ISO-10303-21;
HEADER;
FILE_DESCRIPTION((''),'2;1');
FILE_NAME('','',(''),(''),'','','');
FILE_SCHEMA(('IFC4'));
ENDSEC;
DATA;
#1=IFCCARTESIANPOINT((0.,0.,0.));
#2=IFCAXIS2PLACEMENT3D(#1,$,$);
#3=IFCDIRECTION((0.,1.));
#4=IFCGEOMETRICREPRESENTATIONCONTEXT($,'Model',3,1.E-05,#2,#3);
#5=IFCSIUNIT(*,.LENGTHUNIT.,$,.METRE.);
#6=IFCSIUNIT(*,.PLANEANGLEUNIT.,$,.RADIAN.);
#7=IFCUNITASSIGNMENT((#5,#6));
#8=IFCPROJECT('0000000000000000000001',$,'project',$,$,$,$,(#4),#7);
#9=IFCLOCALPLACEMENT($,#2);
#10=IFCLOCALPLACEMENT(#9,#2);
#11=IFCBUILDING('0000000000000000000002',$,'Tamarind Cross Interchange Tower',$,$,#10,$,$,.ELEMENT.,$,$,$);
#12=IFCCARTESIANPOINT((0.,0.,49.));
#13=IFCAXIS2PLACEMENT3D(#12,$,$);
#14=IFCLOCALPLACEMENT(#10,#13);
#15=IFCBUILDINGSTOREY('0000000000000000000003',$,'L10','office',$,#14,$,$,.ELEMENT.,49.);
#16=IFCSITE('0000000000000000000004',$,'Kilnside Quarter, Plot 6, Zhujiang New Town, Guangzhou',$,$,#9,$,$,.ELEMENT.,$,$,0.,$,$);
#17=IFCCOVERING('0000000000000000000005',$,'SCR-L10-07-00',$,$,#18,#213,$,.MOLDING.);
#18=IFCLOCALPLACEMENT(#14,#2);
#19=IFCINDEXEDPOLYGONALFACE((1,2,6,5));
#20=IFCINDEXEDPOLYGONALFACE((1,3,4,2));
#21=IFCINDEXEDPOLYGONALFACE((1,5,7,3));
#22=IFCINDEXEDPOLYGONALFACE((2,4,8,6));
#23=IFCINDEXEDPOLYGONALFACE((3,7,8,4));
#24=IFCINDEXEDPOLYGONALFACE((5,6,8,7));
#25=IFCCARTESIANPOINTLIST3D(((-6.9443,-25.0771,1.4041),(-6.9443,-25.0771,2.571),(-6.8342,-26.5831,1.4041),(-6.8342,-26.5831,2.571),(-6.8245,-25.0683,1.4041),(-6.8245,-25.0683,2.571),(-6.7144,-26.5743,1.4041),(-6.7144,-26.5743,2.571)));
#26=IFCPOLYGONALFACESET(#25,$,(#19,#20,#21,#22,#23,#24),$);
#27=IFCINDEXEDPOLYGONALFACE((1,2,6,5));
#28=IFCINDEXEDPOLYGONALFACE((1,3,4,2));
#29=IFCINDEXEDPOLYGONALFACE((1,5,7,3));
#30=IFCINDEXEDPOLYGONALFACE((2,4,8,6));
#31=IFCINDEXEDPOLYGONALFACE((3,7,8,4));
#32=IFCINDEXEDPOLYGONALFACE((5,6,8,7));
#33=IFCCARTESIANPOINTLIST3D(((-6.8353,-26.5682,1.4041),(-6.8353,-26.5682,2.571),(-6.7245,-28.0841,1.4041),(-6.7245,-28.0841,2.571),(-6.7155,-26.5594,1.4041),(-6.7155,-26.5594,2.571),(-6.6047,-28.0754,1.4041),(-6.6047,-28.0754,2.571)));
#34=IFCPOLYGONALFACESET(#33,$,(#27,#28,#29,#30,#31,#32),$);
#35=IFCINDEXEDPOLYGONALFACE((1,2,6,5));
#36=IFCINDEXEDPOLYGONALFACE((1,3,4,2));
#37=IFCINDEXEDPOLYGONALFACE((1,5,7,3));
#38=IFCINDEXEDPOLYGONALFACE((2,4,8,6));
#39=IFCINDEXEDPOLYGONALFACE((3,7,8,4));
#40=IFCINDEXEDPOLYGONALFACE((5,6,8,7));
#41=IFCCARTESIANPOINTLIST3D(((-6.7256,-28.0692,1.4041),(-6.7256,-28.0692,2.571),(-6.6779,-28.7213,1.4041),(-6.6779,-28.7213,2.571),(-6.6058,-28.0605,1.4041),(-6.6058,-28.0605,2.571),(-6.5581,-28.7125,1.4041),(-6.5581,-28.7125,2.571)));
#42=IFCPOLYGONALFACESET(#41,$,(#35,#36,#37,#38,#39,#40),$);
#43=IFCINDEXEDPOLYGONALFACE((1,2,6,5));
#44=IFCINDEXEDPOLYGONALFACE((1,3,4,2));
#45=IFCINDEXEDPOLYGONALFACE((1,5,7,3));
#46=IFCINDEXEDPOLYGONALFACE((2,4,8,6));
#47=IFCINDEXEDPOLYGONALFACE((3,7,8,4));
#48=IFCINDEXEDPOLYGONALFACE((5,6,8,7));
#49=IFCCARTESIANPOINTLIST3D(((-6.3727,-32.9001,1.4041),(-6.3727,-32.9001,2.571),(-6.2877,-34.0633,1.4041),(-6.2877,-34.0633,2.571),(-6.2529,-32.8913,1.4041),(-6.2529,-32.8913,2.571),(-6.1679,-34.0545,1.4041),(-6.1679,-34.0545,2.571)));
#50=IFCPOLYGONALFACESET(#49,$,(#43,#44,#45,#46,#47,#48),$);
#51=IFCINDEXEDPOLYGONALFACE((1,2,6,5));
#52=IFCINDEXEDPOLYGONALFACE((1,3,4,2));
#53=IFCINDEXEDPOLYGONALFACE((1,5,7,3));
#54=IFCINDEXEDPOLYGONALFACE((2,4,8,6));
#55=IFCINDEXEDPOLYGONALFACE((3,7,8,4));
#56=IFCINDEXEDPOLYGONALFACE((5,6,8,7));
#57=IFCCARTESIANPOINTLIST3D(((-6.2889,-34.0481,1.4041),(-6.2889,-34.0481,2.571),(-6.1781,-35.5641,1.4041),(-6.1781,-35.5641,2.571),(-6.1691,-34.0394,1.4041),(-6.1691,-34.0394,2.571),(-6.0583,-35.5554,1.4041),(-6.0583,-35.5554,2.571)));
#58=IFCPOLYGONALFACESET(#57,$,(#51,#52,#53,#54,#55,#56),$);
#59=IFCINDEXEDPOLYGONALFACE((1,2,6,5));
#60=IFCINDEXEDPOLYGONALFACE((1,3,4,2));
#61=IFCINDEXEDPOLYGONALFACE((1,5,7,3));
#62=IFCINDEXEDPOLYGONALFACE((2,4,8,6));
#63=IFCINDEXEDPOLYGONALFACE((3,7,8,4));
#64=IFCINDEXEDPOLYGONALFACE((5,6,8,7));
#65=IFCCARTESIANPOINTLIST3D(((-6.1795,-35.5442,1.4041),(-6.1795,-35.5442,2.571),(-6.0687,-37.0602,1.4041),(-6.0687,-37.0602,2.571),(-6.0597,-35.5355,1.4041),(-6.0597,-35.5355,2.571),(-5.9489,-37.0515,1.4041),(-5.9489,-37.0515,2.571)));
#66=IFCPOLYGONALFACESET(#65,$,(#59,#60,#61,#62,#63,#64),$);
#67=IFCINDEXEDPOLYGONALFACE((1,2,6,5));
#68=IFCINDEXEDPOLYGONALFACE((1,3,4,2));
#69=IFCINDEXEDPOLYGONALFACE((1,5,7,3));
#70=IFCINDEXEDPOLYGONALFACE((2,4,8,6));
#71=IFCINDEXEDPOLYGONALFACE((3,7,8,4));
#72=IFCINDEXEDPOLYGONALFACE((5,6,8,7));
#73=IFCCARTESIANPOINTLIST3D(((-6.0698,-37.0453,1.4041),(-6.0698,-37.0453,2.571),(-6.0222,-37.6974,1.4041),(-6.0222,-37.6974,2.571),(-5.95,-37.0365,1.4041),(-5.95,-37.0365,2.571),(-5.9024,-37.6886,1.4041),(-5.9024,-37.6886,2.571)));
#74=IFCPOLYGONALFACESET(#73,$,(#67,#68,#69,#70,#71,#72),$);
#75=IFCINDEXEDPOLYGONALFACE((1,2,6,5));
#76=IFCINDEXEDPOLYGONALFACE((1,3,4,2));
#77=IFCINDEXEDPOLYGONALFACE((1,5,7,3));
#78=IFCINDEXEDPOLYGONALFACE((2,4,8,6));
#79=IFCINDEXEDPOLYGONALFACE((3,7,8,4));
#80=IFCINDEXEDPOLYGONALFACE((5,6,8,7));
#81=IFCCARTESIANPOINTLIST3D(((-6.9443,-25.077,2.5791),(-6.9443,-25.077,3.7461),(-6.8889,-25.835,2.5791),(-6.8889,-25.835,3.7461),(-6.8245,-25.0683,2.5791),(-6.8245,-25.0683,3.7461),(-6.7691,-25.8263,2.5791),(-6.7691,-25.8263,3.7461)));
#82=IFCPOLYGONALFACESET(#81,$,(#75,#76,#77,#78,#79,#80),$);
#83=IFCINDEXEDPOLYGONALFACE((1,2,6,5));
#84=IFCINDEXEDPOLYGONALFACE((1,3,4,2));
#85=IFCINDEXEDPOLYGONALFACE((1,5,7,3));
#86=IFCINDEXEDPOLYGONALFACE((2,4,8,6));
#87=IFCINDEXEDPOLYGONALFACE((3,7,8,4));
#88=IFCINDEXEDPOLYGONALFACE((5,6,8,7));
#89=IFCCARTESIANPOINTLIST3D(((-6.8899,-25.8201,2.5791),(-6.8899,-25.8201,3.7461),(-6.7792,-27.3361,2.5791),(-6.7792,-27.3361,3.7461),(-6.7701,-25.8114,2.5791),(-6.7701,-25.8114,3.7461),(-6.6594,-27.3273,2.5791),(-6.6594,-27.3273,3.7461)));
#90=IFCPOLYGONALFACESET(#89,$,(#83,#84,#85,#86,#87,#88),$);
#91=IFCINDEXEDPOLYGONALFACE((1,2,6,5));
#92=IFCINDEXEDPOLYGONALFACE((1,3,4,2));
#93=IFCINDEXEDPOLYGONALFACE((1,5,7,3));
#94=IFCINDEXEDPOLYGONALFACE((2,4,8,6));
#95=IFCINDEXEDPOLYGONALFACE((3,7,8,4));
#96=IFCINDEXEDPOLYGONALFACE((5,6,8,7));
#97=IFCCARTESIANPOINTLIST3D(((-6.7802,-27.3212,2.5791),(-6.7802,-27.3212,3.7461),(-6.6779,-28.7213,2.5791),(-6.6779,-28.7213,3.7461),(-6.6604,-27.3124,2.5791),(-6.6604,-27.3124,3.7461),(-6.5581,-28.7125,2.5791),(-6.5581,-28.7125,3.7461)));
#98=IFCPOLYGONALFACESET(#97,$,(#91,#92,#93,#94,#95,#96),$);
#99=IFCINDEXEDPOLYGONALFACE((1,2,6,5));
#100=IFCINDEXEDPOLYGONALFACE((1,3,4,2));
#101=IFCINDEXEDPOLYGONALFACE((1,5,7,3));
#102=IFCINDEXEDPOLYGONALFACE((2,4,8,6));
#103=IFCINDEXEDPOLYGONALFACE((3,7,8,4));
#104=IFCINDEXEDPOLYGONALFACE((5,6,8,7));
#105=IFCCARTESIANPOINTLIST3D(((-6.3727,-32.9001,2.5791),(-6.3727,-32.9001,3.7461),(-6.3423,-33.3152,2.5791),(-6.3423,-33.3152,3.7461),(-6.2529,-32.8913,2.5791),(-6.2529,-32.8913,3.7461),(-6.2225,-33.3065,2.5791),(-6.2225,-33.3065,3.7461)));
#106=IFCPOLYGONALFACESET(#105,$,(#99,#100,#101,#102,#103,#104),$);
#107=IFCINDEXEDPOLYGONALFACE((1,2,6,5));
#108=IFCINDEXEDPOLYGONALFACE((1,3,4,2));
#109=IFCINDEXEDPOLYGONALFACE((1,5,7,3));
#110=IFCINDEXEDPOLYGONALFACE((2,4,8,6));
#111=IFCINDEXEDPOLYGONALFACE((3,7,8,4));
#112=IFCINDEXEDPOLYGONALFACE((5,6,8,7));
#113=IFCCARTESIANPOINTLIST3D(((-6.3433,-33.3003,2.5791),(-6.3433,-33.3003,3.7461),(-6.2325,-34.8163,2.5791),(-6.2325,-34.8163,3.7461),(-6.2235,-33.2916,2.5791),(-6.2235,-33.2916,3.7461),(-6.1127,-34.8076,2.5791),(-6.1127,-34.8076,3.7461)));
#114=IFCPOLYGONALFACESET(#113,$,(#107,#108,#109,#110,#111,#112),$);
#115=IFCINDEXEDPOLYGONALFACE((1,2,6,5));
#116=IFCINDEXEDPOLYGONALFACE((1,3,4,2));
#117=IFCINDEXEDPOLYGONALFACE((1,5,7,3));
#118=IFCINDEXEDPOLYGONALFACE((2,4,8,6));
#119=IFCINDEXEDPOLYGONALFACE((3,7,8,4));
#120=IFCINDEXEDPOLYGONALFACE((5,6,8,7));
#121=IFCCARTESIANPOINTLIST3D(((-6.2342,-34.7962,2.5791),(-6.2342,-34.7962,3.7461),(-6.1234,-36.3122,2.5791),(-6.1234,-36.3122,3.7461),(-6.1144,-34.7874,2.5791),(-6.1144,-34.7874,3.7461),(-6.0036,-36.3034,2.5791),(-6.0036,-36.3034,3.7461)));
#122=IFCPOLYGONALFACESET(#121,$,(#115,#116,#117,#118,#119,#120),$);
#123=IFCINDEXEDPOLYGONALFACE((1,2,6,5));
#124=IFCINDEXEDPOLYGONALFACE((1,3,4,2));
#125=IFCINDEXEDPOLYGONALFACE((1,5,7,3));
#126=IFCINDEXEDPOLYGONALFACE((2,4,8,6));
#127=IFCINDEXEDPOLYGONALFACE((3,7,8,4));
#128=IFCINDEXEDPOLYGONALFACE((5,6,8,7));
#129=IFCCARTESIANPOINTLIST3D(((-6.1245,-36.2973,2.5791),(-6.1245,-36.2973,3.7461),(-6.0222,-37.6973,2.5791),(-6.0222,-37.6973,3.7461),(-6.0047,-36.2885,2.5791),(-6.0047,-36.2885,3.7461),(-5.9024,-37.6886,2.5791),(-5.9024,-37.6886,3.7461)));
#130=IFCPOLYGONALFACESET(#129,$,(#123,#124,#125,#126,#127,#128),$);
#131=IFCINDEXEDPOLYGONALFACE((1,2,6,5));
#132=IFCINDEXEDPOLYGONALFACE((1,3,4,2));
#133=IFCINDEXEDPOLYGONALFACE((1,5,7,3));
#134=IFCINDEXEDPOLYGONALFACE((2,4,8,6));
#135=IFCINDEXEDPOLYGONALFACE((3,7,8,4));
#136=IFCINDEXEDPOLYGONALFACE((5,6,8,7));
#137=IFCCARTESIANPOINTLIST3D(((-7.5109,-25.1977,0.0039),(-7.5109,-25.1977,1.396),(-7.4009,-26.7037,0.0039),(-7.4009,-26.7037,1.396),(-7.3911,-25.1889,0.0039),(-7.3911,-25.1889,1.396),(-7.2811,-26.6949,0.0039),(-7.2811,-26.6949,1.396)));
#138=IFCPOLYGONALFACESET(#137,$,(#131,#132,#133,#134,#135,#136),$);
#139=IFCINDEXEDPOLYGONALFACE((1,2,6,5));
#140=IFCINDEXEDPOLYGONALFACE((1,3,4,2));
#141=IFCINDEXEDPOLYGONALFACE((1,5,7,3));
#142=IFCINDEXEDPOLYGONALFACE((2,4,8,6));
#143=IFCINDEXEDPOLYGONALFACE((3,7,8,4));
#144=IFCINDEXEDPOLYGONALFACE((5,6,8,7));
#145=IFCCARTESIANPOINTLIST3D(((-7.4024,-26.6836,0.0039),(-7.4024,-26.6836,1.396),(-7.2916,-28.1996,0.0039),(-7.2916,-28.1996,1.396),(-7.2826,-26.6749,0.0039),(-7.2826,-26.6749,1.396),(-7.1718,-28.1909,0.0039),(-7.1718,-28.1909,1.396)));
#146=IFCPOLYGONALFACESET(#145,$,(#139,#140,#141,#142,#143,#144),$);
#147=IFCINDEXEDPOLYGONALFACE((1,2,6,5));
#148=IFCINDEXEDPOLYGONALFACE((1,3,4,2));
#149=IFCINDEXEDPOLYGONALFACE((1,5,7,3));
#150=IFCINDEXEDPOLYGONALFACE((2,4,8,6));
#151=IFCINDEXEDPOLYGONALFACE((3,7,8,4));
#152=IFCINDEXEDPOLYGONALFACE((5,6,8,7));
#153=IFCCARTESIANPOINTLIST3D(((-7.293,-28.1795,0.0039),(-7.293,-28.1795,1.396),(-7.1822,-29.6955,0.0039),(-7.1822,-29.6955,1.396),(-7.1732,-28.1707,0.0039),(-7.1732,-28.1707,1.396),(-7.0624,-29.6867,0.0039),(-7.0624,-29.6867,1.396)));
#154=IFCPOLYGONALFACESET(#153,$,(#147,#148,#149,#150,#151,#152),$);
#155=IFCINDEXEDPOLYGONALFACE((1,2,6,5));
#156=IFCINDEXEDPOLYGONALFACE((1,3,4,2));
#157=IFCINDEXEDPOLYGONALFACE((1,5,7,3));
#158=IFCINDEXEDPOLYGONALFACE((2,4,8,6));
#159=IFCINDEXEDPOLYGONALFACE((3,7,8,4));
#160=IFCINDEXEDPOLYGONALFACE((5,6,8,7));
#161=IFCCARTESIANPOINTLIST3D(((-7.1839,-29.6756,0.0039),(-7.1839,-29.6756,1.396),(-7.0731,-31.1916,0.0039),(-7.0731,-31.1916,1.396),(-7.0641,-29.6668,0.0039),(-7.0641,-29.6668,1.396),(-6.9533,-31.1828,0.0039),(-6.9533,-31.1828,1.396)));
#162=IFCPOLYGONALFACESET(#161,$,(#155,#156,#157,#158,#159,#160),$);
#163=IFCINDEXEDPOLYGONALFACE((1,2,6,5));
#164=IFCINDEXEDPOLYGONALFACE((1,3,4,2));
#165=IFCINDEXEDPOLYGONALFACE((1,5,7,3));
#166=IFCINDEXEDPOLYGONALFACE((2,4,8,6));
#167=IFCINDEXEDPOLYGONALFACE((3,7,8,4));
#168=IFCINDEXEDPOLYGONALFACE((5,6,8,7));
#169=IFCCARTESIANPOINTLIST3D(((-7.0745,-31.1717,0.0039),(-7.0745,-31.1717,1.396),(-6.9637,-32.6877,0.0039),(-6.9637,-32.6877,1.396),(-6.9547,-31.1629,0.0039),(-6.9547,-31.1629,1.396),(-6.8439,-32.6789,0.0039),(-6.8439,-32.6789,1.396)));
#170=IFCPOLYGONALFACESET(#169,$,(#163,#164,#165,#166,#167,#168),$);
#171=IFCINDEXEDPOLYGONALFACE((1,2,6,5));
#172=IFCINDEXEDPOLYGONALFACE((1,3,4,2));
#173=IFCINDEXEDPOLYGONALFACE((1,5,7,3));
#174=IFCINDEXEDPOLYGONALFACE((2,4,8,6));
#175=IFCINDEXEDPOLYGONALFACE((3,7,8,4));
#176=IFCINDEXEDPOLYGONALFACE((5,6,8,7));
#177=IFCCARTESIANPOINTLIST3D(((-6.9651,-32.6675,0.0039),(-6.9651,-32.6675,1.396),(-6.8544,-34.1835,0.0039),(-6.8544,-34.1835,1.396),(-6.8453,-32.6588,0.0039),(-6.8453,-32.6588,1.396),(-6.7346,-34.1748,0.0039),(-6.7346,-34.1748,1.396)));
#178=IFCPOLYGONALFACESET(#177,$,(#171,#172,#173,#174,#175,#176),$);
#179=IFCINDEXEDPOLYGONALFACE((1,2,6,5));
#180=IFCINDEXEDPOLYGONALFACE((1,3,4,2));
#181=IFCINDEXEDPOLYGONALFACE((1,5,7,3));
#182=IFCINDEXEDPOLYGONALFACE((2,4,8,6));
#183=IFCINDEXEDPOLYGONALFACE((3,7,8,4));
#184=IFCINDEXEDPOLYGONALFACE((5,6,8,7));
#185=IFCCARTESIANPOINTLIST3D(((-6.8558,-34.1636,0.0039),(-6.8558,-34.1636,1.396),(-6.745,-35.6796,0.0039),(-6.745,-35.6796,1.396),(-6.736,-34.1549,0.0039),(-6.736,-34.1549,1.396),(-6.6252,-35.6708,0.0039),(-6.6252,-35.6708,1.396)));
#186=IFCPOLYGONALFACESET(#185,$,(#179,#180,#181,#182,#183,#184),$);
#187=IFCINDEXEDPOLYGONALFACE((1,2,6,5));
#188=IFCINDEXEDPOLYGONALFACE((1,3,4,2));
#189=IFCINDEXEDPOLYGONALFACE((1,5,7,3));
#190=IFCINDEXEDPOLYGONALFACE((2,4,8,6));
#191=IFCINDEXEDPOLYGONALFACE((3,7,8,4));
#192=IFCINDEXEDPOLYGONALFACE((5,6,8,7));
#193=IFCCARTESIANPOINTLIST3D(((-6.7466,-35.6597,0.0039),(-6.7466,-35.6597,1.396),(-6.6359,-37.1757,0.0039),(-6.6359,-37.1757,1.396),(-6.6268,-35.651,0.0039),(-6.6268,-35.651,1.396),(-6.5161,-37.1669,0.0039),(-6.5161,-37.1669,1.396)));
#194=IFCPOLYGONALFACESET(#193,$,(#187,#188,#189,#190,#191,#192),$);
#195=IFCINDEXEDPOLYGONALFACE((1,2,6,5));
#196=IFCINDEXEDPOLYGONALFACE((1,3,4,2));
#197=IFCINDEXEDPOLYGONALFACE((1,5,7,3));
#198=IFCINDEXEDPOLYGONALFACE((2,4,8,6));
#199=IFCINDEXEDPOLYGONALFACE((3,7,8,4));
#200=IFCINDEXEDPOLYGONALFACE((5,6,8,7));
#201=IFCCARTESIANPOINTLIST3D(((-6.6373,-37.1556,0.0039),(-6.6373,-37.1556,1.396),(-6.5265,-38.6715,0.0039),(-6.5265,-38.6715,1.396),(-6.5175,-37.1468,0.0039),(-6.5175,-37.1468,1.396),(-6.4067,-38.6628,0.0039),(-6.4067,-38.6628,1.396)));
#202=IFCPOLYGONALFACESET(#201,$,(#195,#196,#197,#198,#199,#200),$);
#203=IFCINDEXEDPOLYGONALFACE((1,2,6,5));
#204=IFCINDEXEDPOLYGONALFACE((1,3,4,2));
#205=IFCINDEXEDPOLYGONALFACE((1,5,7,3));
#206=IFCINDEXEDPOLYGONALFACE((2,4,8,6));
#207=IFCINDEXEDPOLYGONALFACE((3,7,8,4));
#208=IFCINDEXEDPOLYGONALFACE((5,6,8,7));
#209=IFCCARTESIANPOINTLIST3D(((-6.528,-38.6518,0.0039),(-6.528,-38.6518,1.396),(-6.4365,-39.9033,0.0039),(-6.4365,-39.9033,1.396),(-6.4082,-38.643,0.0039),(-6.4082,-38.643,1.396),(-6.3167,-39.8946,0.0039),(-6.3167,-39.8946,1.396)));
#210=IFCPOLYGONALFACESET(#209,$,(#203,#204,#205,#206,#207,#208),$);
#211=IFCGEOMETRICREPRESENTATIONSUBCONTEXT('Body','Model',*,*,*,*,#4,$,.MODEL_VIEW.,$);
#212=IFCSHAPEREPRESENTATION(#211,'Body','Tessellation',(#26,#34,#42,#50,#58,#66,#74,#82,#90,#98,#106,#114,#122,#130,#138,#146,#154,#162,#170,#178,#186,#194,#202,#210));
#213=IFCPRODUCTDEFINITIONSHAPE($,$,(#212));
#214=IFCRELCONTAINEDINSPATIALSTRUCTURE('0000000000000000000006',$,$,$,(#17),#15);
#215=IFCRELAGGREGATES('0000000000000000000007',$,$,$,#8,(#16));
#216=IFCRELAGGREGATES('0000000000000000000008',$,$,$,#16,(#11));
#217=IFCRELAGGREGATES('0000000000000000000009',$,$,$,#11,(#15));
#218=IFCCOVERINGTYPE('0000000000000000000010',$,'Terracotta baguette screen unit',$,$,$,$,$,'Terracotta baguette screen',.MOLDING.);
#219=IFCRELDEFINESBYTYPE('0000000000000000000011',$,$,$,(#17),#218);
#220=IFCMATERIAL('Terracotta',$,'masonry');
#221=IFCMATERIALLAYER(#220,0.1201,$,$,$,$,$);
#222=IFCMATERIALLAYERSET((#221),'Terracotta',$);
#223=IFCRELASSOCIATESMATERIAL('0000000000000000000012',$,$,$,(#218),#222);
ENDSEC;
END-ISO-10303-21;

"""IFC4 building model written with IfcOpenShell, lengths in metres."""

from ifc_helpers import new_model, si_unit, direction, frame, origin, origin_2d, place, context, subcontext, project, spatial, rectangle, extrude, material, layer, layer_set, type_object, element, save


model = new_model("IFC4")

# Units and contexts
model_context = context("Model", 3, precision=1e-05, world=origin(), true_north=direction((0.0, 1.0)))
body_context = subcontext(model_context, "Body", "Model", "MODEL_VIEW")
ifc_project = project(units=[si_unit("LENGTHUNIT", "METRE"), si_unit("PLANEANGLEUNIT", "RADIAN")], contexts=[model_context])

# Site, building, storey
site_placement = place(None, origin())
site = spatial("IfcSite", under=ifc_project, at=site_placement, Name="Kilnside Quarter, Plot 6, Zhujiang New Town, Guangzhou", CompositionType="ELEMENT", RefElevation=0.0)
building_placement = place(site_placement, origin())
building = spatial("IfcBuilding", under=site, at=building_placement, Name="Tamarind Cross Interchange Tower", CompositionType="ELEMENT")
storey_placement = place(building_placement, frame((0.0, 0.0, 49.0)))
storey = spatial("IfcBuildingStorey", under=building, at=storey_placement, Name="L10", Description="office", CompositionType="ELEMENT", Elevation=49.0)

# Covering
ifc_material_1 = material(Name="Terracotta", Category="masonry")
ifc_layer_1 = layer(ifc_material_1, 0.1201)
ifc_layer_set_1 = layer_set([ifc_layer_1], Name="Terracotta")
covering_type = type_object("IfcCoveringType", Name="Terracotta baguette screen unit", ElementType="Terracotta baguette screen", PredefinedType="MOLDING", material=ifc_layer_set_1)
covering_1_placement = place(storey_placement, origin())
element("IfcCovering", 1, at=covering_1_placement, inside=storey, type_object=covering_type, Name="SCR-L10-07-00", PredefinedType="MOLDING", context=body_context, shape_type="SweptSolid", body=[
    extrude(rectangle(XDim=1.51, YDim=0.1201, at=origin_2d()), frame((-6.8293, -25.8257, 1.4041), z_axis=(0.0, 0.0, 1.0), x_axis=(0.072876, -0.997341, 0.0)), (0.0, 0.0, 1.0), 1.167),
    extrude(rectangle(XDim=1.52, YDim=0.1201, at=origin_2d()), frame((-6.72, -27.3218, 1.4041), z_axis=(0.0, 0.0, 1.0), x_axis=(0.072876, -0.997341, 0.0)), (0.0, 0.0, 1.0), 1.167),
    extrude(rectangle(XDim=0.6538, YDim=0.1201, at=origin_2d()), frame((-6.6418, -28.3909, 1.4041), z_axis=(0.0, 0.0, 1.0), x_axis=(0.072876, -0.997341, 0.0)), (0.0, 0.0, 1.0), 1.167),
    extrude(rectangle(XDim=1.1663, YDim=0.1201, at=origin_2d()), frame((-6.2703, -33.4773, 1.4041), z_axis=(0.0, 0.0, 1.0), x_axis=(0.072876, -0.997341, 0.0)), (0.0, 0.0, 1.0), 1.167),
    extrude(rectangle(XDim=1.52, YDim=0.1201, at=origin_2d()), frame((-6.1736, -34.8018, 1.4041), z_axis=(0.0, 0.0, 1.0), x_axis=(0.072876, -0.997341, 0.0)), (0.0, 0.0, 1.0), 1.167),
    extrude(rectangle(XDim=1.52, YDim=0.1201, at=origin_2d()), frame((-6.0642, -36.2979, 1.4041), z_axis=(0.0, 0.0, 1.0), x_axis=(0.072876, -0.997341, 0.0)), (0.0, 0.0, 1.0), 1.167),
    extrude(rectangle(XDim=0.6538, YDim=0.1201, at=origin_2d()), frame((-5.9861, -37.3669, 1.4041), z_axis=(0.0, 0.0, 1.0), x_axis=(0.072876, -0.997341, 0.0)), (0.0, 0.0, 1.0), 1.167),
    extrude(rectangle(XDim=0.76, YDim=0.1201, at=origin_2d()), frame((-6.8567, -25.4517, 2.5791), z_axis=(0.0, 0.0, 1.0), x_axis=(0.072876, -0.997341, 0.0)), (0.0, 0.0, 1.0), 1.167),
    extrude(rectangle(XDim=1.52, YDim=0.1201, at=origin_2d()), frame((-6.7747, -26.5737, 2.5791), z_axis=(0.0, 0.0, 1.0), x_axis=(0.072876, -0.997341, 0.0)), (0.0, 0.0, 1.0), 1.167),
    extrude(rectangle(XDim=1.4038, YDim=0.1201, at=origin_2d()), frame((-6.6692, -28.0168, 2.5791), z_axis=(0.0, 0.0, 1.0), x_axis=(0.072876, -0.997341, 0.0)), (0.0, 0.0, 1.0), 1.167),
    extrude(rectangle(XDim=0.4163, YDim=0.1201, at=origin_2d()), frame((-6.2976, -33.1033, 2.5791), z_axis=(0.0, 0.0, 1.0), x_axis=(0.072876, -0.997341, 0.0)), (0.0, 0.0, 1.0), 1.167),
    extrude(rectangle(XDim=1.52, YDim=0.1201, at=origin_2d()), frame((-6.228, -34.054, 2.5791), z_axis=(0.0, 0.0, 1.0), x_axis=(0.072876, -0.997341, 0.0)), (0.0, 0.0, 1.0), 1.167),
    extrude(rectangle(XDim=1.52, YDim=0.1201, at=origin_2d()), frame((-6.1189, -35.5498, 2.5791), z_axis=(0.0, 0.0, 1.0), x_axis=(0.072876, -0.997341, 0.0)), (0.0, 0.0, 1.0), 1.167),
    extrude(rectangle(XDim=1.4038, YDim=0.1201, at=origin_2d()), frame((-6.0134, -36.9929, 2.5791), z_axis=(0.0, 0.0, 1.0), x_axis=(0.072876, -0.997341, 0.0)), (0.0, 0.0, 1.0), 1.167),
    extrude(rectangle(XDim=1.51, YDim=0.1201, at=origin_2d()), frame((-7.396, -25.9463, 0.0039), z_axis=(0.0, 0.0, 1.0), x_axis=(0.072876, -0.997341, 0.0)), (0.0, 0.0, 1.0), 1.3921),
    extrude(rectangle(XDim=1.52, YDim=0.1201, at=origin_2d()), frame((-7.2871, -27.4373, 0.0039), z_axis=(0.0, 0.0, 1.0), x_axis=(0.072876, -0.997341, 0.0)), (0.0, 0.0, 1.0), 1.3921),
    extrude(rectangle(XDim=1.52, YDim=0.1201, at=origin_2d()), frame((-7.1777, -28.9331, 0.0039), z_axis=(0.0, 0.0, 1.0), x_axis=(0.072876, -0.997341, 0.0)), (0.0, 0.0, 1.0), 1.3921),
    extrude(rectangle(XDim=1.52, YDim=0.1201, at=origin_2d()), frame((-7.0686, -30.4292, 0.0039), z_axis=(0.0, 0.0, 1.0), x_axis=(0.072876, -0.997341, 0.0)), (0.0, 0.0, 1.0), 1.3921),
    extrude(rectangle(XDim=1.52, YDim=0.1201, at=origin_2d()), frame((-6.9592, -31.9253, 0.0039), z_axis=(0.0, 0.0, 1.0), x_axis=(0.072876, -0.997341, 0.0)), (0.0, 0.0, 1.0), 1.3921),
    extrude(rectangle(XDim=1.52, YDim=0.1201, at=origin_2d()), frame((-6.8499, -33.4211, 0.0039), z_axis=(0.0, 0.0, 1.0), x_axis=(0.072876, -0.997341, 0.0)), (0.0, 0.0, 1.0), 1.3921),
    extrude(rectangle(XDim=1.52, YDim=0.1201, at=origin_2d()), frame((-6.7405, -34.9172, 0.0039), z_axis=(0.0, 0.0, 1.0), x_axis=(0.072876, -0.997341, 0.0)), (0.0, 0.0, 1.0), 1.3921),
    extrude(rectangle(XDim=1.52, YDim=0.1201, at=origin_2d()), frame((-6.6313, -36.4133, 0.0039), z_axis=(0.0, 0.0, 1.0), x_axis=(0.072876, -0.997341, 0.0)), (0.0, 0.0, 1.0), 1.3921),
    extrude(rectangle(XDim=1.52, YDim=0.1201, at=origin_2d()), frame((-6.522, -37.9092, 0.0039), z_axis=(0.0, 0.0, 1.0), x_axis=(0.072876, -0.997341, 0.0)), (0.0, 0.0, 1.0), 1.3921),
    extrude(rectangle(XDim=1.2549, YDim=0.1201, at=origin_2d()), frame((-6.4224, -39.2732, 0.0039), z_axis=(0.0, 0.0, 1.0), x_axis=(0.072876, -0.997341, 0.0)), (0.0, 0.0, 1.0), 1.3921),
])

save(model, "model.ifc")
